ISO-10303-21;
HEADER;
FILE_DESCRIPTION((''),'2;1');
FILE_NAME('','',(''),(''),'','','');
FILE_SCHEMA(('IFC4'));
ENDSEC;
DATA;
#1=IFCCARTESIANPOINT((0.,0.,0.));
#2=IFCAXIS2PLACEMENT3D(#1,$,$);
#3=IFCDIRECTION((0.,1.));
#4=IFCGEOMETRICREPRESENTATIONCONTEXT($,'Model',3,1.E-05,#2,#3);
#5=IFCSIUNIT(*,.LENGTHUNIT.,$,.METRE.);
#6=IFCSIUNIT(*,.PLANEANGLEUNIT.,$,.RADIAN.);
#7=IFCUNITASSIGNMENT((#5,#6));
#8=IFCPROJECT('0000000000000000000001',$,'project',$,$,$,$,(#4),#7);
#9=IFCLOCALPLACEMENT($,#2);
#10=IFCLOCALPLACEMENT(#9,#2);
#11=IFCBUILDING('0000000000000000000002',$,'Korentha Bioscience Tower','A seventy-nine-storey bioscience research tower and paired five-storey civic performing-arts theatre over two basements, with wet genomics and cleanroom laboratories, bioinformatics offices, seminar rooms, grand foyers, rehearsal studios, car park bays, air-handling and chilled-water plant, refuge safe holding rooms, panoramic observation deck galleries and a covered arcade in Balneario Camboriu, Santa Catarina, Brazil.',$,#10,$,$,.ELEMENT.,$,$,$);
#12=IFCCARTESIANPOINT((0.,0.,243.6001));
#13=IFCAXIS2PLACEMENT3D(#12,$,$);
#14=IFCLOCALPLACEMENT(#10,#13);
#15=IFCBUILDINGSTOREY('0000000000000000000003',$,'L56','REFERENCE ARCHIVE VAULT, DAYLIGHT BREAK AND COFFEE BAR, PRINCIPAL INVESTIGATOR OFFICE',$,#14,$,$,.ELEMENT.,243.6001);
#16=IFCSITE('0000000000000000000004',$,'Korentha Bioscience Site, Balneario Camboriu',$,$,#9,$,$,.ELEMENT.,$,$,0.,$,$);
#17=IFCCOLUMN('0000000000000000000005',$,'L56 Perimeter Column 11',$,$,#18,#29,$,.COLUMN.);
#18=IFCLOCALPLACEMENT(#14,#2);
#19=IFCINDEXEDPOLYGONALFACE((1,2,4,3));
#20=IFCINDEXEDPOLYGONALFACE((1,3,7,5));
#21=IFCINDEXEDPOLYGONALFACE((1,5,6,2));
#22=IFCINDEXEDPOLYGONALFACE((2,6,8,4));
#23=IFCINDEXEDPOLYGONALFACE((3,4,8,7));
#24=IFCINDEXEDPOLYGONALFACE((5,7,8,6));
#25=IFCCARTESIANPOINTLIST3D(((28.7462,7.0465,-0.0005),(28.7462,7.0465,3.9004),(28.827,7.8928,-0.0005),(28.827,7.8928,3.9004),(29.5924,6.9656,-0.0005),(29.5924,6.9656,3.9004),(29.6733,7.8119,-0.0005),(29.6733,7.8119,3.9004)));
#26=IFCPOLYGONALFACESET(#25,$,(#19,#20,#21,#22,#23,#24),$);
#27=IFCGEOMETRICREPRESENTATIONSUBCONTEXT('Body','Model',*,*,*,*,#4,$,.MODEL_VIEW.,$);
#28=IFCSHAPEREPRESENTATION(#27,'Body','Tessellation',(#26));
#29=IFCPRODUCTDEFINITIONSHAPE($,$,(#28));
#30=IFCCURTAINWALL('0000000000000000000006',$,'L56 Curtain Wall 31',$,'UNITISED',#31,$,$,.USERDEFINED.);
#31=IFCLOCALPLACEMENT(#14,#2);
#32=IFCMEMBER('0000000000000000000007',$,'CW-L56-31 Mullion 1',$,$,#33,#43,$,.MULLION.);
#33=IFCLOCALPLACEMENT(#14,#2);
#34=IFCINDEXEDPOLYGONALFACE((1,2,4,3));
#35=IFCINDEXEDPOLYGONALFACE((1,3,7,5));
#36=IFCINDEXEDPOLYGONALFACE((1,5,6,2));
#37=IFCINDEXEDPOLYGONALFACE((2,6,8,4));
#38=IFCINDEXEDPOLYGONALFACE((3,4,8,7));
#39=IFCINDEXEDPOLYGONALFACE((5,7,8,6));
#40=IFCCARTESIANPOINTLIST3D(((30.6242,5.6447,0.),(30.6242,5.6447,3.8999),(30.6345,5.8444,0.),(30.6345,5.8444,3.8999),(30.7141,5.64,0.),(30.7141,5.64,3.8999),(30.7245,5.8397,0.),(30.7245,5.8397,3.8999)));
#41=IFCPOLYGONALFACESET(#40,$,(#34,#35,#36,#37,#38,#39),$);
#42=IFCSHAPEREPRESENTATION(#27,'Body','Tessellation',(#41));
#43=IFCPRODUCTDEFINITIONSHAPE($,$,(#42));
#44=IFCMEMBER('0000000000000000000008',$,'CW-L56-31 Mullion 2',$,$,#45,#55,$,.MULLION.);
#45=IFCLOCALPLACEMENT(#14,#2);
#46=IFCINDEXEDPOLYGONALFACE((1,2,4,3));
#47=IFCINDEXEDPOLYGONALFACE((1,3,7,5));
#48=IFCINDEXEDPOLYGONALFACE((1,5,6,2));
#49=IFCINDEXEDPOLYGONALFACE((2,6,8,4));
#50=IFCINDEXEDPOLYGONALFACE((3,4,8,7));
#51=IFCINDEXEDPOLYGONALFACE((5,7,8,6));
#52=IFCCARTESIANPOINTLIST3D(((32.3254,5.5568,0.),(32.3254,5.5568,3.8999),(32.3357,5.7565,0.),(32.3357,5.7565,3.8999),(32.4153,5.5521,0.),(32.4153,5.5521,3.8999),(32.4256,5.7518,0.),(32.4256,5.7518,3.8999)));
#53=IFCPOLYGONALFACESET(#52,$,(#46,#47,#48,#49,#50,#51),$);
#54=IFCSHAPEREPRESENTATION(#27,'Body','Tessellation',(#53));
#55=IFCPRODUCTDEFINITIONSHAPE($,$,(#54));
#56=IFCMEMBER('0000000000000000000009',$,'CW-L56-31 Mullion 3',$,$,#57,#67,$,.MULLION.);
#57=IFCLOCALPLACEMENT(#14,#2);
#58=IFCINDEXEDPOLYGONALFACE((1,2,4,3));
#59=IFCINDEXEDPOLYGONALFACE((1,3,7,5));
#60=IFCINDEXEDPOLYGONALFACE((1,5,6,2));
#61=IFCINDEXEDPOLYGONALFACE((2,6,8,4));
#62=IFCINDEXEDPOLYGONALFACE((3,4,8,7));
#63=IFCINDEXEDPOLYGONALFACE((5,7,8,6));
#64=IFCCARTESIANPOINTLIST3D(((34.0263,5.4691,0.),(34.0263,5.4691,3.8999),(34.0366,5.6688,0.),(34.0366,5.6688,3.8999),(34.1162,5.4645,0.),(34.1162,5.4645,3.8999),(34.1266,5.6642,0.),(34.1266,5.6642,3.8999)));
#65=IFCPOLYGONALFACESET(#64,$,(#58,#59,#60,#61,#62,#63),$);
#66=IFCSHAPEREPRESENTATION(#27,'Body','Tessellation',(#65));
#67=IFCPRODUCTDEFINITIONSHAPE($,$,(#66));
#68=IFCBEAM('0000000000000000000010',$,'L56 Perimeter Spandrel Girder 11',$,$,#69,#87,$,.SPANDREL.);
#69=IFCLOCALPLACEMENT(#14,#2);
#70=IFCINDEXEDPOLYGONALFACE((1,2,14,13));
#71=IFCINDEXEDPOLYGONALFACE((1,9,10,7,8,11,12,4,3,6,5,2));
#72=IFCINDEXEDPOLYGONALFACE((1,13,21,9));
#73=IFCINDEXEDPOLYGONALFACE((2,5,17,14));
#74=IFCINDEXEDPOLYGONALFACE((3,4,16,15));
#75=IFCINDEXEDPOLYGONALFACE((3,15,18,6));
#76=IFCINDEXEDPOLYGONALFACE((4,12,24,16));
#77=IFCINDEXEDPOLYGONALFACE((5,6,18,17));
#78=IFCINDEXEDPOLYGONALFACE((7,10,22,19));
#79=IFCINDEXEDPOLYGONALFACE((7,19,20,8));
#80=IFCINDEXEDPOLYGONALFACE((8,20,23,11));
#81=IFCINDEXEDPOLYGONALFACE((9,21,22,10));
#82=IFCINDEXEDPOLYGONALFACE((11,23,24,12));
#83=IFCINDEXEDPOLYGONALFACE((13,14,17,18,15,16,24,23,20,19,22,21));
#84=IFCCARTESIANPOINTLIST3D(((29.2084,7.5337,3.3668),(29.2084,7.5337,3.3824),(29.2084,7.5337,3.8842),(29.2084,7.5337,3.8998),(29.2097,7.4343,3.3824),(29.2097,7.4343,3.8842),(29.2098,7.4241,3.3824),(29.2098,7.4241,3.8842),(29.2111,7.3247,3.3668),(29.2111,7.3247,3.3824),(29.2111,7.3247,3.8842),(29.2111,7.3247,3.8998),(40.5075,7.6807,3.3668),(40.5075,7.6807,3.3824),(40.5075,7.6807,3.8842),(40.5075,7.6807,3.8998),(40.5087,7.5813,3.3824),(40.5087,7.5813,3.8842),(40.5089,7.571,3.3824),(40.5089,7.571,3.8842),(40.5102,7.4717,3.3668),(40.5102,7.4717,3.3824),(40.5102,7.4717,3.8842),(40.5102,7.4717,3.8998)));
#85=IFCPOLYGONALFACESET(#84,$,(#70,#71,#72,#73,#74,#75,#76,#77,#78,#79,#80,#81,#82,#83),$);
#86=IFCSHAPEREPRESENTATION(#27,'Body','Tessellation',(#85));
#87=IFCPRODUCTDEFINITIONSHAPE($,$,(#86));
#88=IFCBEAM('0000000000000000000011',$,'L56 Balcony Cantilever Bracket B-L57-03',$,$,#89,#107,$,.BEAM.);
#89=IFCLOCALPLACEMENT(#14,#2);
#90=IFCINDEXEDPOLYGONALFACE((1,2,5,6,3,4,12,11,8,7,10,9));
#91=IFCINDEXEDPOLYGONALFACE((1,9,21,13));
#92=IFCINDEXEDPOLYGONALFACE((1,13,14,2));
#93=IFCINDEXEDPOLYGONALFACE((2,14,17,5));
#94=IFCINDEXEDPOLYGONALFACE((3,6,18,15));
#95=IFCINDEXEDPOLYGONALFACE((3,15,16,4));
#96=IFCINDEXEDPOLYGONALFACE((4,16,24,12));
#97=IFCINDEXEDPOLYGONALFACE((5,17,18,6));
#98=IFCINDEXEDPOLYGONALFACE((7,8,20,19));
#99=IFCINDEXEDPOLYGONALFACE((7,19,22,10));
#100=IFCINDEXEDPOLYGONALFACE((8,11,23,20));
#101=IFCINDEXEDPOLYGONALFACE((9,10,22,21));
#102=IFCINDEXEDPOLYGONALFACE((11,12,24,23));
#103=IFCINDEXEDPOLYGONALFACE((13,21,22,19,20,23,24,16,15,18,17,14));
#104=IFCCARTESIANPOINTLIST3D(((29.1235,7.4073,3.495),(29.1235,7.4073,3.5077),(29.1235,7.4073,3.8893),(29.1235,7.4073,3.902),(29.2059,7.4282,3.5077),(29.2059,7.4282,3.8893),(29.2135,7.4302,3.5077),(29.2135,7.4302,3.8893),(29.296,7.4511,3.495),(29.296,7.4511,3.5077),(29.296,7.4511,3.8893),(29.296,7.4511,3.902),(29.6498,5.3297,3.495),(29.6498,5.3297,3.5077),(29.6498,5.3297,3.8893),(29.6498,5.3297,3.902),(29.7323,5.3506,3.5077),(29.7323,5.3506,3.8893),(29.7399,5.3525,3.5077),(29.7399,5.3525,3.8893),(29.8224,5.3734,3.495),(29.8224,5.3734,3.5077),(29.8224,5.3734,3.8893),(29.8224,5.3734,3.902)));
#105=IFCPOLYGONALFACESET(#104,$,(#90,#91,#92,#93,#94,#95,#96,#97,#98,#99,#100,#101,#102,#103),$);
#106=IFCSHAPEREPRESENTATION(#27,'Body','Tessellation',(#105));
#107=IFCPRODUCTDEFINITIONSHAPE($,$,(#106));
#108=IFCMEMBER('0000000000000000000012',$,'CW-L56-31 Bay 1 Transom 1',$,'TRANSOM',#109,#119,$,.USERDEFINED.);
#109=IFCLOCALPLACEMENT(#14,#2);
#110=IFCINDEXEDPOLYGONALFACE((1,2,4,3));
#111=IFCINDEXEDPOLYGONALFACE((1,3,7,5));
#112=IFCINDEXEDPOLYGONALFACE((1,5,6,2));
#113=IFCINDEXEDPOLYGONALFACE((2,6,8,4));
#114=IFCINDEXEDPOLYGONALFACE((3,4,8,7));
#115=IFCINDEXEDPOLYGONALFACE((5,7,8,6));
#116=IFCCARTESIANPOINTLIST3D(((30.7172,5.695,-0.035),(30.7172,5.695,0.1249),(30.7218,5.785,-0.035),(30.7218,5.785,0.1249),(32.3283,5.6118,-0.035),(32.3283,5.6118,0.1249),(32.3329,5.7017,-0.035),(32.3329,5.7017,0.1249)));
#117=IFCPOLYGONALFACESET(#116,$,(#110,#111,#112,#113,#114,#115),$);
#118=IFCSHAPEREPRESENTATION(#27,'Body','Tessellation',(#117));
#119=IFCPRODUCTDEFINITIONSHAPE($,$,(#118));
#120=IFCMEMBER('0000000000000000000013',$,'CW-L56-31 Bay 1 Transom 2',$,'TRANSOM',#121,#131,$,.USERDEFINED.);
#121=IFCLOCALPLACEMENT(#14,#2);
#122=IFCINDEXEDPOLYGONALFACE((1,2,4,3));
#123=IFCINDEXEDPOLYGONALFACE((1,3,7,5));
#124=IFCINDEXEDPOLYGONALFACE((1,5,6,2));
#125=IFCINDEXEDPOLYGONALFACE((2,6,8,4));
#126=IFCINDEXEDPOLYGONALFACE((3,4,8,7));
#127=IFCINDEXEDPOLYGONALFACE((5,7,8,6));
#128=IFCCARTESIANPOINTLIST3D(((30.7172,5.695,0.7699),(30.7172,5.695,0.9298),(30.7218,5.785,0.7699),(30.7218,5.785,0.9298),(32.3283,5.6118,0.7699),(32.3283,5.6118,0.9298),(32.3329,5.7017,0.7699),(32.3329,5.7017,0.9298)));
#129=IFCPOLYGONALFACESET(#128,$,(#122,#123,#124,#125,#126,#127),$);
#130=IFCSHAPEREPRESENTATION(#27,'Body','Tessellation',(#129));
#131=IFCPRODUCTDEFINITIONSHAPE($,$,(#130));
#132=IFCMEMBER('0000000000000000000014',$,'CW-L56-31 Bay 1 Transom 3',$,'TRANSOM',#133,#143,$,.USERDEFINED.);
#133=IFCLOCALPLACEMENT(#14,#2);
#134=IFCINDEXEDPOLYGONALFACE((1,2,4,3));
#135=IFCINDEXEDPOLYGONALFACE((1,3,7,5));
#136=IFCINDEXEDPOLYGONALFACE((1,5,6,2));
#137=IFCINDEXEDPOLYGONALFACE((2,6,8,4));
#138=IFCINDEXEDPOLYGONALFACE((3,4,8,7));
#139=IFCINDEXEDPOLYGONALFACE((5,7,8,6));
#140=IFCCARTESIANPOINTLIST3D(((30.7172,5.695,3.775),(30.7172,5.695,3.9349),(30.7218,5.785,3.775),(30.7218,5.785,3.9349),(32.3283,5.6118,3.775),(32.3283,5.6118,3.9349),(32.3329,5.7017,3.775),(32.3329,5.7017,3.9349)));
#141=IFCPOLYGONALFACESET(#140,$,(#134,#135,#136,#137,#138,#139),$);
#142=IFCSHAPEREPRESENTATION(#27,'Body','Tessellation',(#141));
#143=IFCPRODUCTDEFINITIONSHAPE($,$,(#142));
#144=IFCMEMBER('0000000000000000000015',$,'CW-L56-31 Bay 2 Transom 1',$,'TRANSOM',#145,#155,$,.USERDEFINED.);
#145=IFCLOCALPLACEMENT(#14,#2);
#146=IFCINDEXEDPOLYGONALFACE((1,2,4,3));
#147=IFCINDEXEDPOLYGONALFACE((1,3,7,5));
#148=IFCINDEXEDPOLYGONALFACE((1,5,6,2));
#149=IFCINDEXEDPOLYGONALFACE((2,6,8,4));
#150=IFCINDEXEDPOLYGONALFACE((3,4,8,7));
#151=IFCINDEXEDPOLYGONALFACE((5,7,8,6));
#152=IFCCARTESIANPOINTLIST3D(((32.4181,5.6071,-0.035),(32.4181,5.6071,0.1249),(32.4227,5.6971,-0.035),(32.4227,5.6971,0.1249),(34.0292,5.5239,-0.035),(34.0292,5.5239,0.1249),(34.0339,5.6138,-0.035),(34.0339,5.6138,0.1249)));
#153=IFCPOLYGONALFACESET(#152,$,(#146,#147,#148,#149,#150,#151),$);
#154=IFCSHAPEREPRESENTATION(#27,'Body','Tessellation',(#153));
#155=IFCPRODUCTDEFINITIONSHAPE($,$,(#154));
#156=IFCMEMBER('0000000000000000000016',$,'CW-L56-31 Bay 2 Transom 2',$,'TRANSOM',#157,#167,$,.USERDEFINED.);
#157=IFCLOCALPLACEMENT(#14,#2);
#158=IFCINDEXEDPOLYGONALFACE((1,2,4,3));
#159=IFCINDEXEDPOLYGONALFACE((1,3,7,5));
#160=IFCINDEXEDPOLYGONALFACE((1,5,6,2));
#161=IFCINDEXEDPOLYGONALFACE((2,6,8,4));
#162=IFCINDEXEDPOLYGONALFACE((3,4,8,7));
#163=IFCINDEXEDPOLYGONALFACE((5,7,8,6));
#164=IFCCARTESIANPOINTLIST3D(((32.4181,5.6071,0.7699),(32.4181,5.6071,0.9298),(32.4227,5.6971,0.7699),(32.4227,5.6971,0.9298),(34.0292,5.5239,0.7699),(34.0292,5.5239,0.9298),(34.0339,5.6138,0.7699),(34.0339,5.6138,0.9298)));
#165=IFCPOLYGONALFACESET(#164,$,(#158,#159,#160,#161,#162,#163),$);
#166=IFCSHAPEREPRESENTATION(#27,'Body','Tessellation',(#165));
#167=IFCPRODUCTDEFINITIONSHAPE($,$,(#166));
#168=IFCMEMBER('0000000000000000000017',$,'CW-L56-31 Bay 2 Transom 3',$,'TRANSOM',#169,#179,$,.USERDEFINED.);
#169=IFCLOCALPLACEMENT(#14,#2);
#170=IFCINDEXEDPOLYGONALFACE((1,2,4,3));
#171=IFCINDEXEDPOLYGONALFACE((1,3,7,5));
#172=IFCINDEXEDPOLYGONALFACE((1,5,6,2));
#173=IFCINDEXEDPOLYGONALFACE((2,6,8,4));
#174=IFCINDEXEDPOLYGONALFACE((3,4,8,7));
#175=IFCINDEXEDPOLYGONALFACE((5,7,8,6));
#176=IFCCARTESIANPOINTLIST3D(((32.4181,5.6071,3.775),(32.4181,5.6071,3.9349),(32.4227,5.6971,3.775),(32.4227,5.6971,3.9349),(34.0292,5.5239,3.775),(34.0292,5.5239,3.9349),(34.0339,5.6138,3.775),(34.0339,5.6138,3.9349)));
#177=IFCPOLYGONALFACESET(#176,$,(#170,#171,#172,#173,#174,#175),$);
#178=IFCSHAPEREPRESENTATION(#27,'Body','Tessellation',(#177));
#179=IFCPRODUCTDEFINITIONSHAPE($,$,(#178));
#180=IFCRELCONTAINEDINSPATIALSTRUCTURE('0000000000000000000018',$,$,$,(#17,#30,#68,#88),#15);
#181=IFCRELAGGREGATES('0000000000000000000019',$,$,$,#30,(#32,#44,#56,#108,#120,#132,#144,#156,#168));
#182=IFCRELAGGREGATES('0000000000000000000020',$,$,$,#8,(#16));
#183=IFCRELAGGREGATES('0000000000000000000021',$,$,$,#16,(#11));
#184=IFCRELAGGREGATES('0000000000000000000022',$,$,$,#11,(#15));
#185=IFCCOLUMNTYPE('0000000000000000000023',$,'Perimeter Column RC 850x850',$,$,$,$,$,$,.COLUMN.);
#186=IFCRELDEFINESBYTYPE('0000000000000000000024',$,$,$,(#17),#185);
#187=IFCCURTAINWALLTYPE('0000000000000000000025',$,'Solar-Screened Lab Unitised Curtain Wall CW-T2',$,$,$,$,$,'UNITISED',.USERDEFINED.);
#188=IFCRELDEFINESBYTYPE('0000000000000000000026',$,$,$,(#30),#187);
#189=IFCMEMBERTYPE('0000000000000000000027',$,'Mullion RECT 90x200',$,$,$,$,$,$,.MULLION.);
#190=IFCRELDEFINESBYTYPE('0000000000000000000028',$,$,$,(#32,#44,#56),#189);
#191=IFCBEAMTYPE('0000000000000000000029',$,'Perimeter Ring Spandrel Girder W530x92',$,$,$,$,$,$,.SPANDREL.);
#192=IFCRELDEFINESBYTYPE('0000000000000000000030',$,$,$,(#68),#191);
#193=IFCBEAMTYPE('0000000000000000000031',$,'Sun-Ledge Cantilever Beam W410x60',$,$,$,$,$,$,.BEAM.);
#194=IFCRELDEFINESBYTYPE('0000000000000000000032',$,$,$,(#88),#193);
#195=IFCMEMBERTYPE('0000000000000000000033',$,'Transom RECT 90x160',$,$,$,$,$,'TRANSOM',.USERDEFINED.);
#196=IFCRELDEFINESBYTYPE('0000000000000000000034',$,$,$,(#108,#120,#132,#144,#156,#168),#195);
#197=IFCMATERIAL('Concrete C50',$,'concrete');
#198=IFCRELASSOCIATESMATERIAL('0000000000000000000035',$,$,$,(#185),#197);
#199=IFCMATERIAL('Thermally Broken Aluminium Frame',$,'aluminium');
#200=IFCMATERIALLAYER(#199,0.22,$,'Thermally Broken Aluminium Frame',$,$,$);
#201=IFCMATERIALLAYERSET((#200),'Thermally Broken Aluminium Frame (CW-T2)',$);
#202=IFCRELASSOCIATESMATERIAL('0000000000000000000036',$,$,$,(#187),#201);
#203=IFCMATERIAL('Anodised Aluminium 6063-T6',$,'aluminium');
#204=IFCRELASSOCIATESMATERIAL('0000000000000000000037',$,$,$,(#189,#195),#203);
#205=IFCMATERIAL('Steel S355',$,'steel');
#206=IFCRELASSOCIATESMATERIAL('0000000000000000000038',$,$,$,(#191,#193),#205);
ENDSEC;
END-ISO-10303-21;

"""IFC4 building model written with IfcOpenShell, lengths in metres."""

from ifc_helpers import new_model, si_unit, direction, frame, origin, origin_2d, place, context, subcontext, project, spatial, rectangle, i_section, extrude, material, layer, layer_set, material_profile, profile_set, type_object, element, aggregate, save


model = new_model("IFC4")

# Units and contexts
model_context = context("Model", 3, precision=1e-05, world=origin(), true_north=direction((0.0, 1.0)))
body_context = subcontext(model_context, "Body", "Model", "MODEL_VIEW")
ifc_project = project(units=[si_unit("LENGTHUNIT", "METRE"), si_unit("PLANEANGLEUNIT", "RADIAN")], contexts=[model_context])

# Site, building, storey
site_placement = place(None, origin())
site = spatial("IfcSite", under=ifc_project, at=site_placement, Name="Korentha Bioscience Site, Balneario Camboriu", CompositionType="ELEMENT", RefElevation=0.0)
building_placement = place(site_placement, origin())
building = spatial("IfcBuilding", under=site, at=building_placement, Name="Korentha Bioscience Tower", Description="A seventy-nine-storey bioscience research tower and paired five-storey civic performing-arts theatre over two basements, with wet genomics and cleanroom laboratories, bioinformatics offices, seminar rooms, grand foyers, rehearsal studios, car park bays, air-handling and chilled-water plant, refuge safe holding rooms, panoramic observation deck galleries and a covered arcade in Balneario Camboriu, Santa Catarina, Brazil.", CompositionType="ELEMENT")
storey_placement = place(building_placement, frame((0.0, 0.0, 243.6001)))
storey = spatial("IfcBuildingStorey", under=building, at=storey_placement, Name="L56", Description="REFERENCE ARCHIVE VAULT, DAYLIGHT BREAK AND COFFEE BAR, PRINCIPAL INVESTIGATOR OFFICE", CompositionType="ELEMENT", Elevation=243.6001)

# Column
ifc_material_1 = material(Name="Concrete C50", Category="concrete")
ifc_material_profile_1 = material_profile(ifc_material_1, rectangle(XDim=0.8501, YDim=0.8501, at=origin_2d()), Name="Concrete C50")
ifc_profile_set_1 = profile_set([ifc_material_profile_1], Name="Concrete C50 (COL-P08)")
column_type = type_object("IfcColumnType", Name="Perimeter Column RC 850x850", PredefinedType="COLUMN", material=ifc_profile_set_1)
column_placement = place(storey_placement, frame((29.2097, 7.4292, -0.0005), z_axis=(0.0, 0.0, 1.0), x_axis=(-0.995463, 0.095151, 0.0)))
element("IfcColumn", 1, at=column_placement, inside=storey, type_object=column_type, Name="L56 Perimeter Column 11", PredefinedType="COLUMN", context=body_context, shape_type="SweptSolid", body=[
    extrude(rectangle(XDim=0.8501, YDim=0.8501, at=origin_2d()), origin(), (0.0, 0.0, 1.0), 3.9009),
])

# Curtain wall, members
ifc_material_2 = material(Name="Thermally Broken Aluminium Frame", Category="aluminium")
ifc_layer_1 = layer(ifc_material_2, 0.22, Name="Thermally Broken Aluminium Frame")
ifc_layer_set_1 = layer_set([ifc_layer_1], Name="Thermally Broken Aluminium Frame (CW-T2)")
curtain_wall_type = type_object("IfcCurtainWallType", Name="Solar-Screened Lab Unitised Curtain Wall CW-T2", ElementType="UNITISED", PredefinedType="USERDEFINED", material=ifc_layer_set_1)
curtain_wall_placement = place(storey_placement, origin())
curtain_wall = element("IfcCurtainWall", 2, at=curtain_wall_placement, inside=storey, type_object=curtain_wall_type, Name="L56 Curtain Wall 31", ObjectType="UNITISED", PredefinedType="USERDEFINED")
ifc_material_3 = material(Name="Anodised Aluminium 6063-T6", Category="aluminium")
ifc_material_profile_2 = material_profile(ifc_material_3, rectangle(XDim=0.0901, YDim=0.2, at=origin_2d()), Name="Anodised Aluminium 6063-T6")
ifc_profile_set_2 = profile_set([ifc_material_profile_2], Name="Anodised Aluminium 6063-T6 (CW-MUL)")
member_type_1 = type_object("IfcMemberType", Name="Mullion RECT 90x200", PredefinedType="MULLION", material=ifc_profile_set_2)
member_1_placement = place(storey_placement, frame((30.6743, 5.7422, 0.0), z_axis=(0.0, 0.0, 1.0), x_axis=(0.998671, -0.051538, 0.0)))
member_1 = element("IfcMember", 3, at=member_1_placement, type_object=member_type_1, Name="CW-L56-31 Mullion 1", PredefinedType="MULLION", context=body_context, shape_type="SweptSolid", body=[
    extrude(rectangle(XDim=0.0901, YDim=0.2, at=origin_2d()), origin(), (0.0, 0.0, 1.0), 3.8999),
])
member_2_placement = place(storey_placement, frame((32.3755, 5.6543, 0.0), z_axis=(0.0, 0.0, 1.0), x_axis=(0.998671, -0.051538, 0.0)))
member_2 = element("IfcMember", 4, at=member_2_placement, type_object=member_type_1, Name="CW-L56-31 Mullion 2", PredefinedType="MULLION", context=body_context, shape_type="SweptSolid", body=[
    extrude(rectangle(XDim=0.0901, YDim=0.2, at=origin_2d()), origin(), (0.0, 0.0, 1.0), 3.8999),
])
member_3_placement = place(storey_placement, frame((34.0764, 5.5667, 0.0), z_axis=(0.0, 0.0, 1.0), x_axis=(0.998671, -0.051538, 0.0)))
member_3 = element("IfcMember", 5, at=member_3_placement, type_object=member_type_1, Name="CW-L56-31 Mullion 3", PredefinedType="MULLION", context=body_context, shape_type="SweptSolid", body=[
    extrude(rectangle(XDim=0.0901, YDim=0.2, at=origin_2d()), origin(), (0.0, 0.0, 1.0), 3.8999),
])

# Beams
ifc_material_4 = material(Name="Steel S355", Category="steel")
ifc_material_profile_3 = material_profile(ifc_material_4, i_section(OverallWidth=0.209, OverallDepth=0.533, WebThickness=0.0103, FlangeThickness=0.0156, at=origin_2d()), Name="Steel S355")
ifc_profile_set_3 = profile_set([ifc_material_profile_3], Name="Steel S355 (SB-530)")
beam_type_1 = type_object("IfcBeamType", Name="Perimeter Ring Spandrel Girder W530x92", PredefinedType="SPANDREL", material=ifc_profile_set_3)
beam_1_placement = place(storey_placement, frame((29.2097, 7.4292, 3.6333), z_axis=(0.999915, 0.013006, 0.0), x_axis=(-0.013006, 0.999915, 0.0)))
element("IfcBeam", 6, at=beam_1_placement, inside=storey, type_object=beam_type_1, Name="L56 Perimeter Spandrel Girder 11", PredefinedType="SPANDREL", context=body_context, shape_type="SweptSolid", body=[
    extrude(i_section(OverallWidth=0.209, OverallDepth=0.533, WebThickness=0.0103, FlangeThickness=0.0156, at=origin_2d()), origin(), (0.0, 0.0, 1.0), 11.3),
])
ifc_material_profile_4 = material_profile(ifc_material_4, i_section(OverallWidth=0.178, OverallDepth=0.407, WebThickness=0.0078, FlangeThickness=0.0127, at=origin_2d()), Name="Steel S355")
ifc_profile_set_4 = profile_set([ifc_material_profile_4], Name="Steel S355 (CB-410)")
beam_type_2 = type_object("IfcBeamType", Name="Sun-Ledge Cantilever Beam W410x60", PredefinedType="BEAM", material=ifc_profile_set_4)
beam_2_placement = place(storey_placement, frame((29.2097, 7.4292, 3.6985), z_axis=(0.24559, -0.969374, 0.0), x_axis=(0.969374, 0.24559, 0.0)))
element("IfcBeam", 7, at=beam_2_placement, inside=storey, type_object=beam_type_2, Name="L56 Balcony Cantilever Bracket B-L57-03", PredefinedType="BEAM", context=body_context, shape_type="SweptSolid", body=[
    extrude(i_section(OverallWidth=0.178, OverallDepth=0.407, WebThickness=0.0078, FlangeThickness=0.0127, at=origin_2d()), origin(), (0.0, 0.0, 1.0), 2.1433),
])

# Members
ifc_material_profile_5 = material_profile(ifc_material_3, rectangle(XDim=0.0901, YDim=0.1599, at=origin_2d()), Name="Anodised Aluminium 6063-T6")
ifc_profile_set_5 = profile_set([ifc_material_profile_5], Name="Anodised Aluminium 6063-T6 (CW-TRN)")
member_type_2 = type_object("IfcMemberType", Name="Transom RECT 90x160", ElementType="TRANSOM", PredefinedType="USERDEFINED", material=ifc_profile_set_5)
member_4_placement = place(storey_placement, frame((30.7195, 5.74, 0.0449), z_axis=(0.998668, -0.051606, 0.0), x_axis=(0.051606, 0.998668, 0.0)))
member_4 = element("IfcMember", 8, at=member_4_placement, type_object=member_type_2, Name="CW-L56-31 Bay 1 Transom 1", ObjectType="TRANSOM", PredefinedType="USERDEFINED", context=body_context, shape_type="SweptSolid", body=[
    extrude(rectangle(XDim=0.0901, YDim=0.1599, at=origin_2d()), origin(), (0.0, 0.0, 1.0), 1.6133),
])
member_5_placement = place(storey_placement, frame((30.7195, 5.74, 0.8499), z_axis=(0.998668, -0.051606, 0.0), x_axis=(0.051606, 0.998668, 0.0)))
member_5 = element("IfcMember", 9, at=member_5_placement, type_object=member_type_2, Name="CW-L56-31 Bay 1 Transom 2", ObjectType="TRANSOM", PredefinedType="USERDEFINED", context=body_context, shape_type="SweptSolid", body=[
    extrude(rectangle(XDim=0.0901, YDim=0.1599, at=origin_2d()), origin(), (0.0, 0.0, 1.0), 1.6133),
])
member_6_placement = place(storey_placement, frame((30.7195, 5.74, 3.855), z_axis=(0.998668, -0.051606, 0.0), x_axis=(0.051606, 0.998668, 0.0)))
member_6 = element("IfcMember", 10, at=member_6_placement, type_object=member_type_2, Name="CW-L56-31 Bay 1 Transom 3", ObjectType="TRANSOM", PredefinedType="USERDEFINED", context=body_context, shape_type="SweptSolid", body=[
    extrude(rectangle(XDim=0.0901, YDim=0.1599, at=origin_2d()), origin(), (0.0, 0.0, 1.0), 1.6133),
])
member_7_placement = place(storey_placement, frame((32.4204, 5.6521, 0.0449), z_axis=(0.998668, -0.051606, 0.0), x_axis=(0.051606, 0.998668, 0.0)))
member_7 = element("IfcMember", 11, at=member_7_placement, type_object=member_type_2, Name="CW-L56-31 Bay 2 Transom 1", ObjectType="TRANSOM", PredefinedType="USERDEFINED", context=body_context, shape_type="SweptSolid", body=[
    extrude(rectangle(XDim=0.0901, YDim=0.1599, at=origin_2d()), origin(), (0.0, 0.0, 1.0), 1.6133),
])
member_8_placement = place(storey_placement, frame((32.4204, 5.6521, 0.8499), z_axis=(0.998668, -0.051606, 0.0), x_axis=(0.051606, 0.998668, 0.0)))
member_8 = element("IfcMember", 12, at=member_8_placement, type_object=member_type_2, Name="CW-L56-31 Bay 2 Transom 2", ObjectType="TRANSOM", PredefinedType="USERDEFINED", context=body_context, shape_type="SweptSolid", body=[
    extrude(rectangle(XDim=0.0901, YDim=0.1599, at=origin_2d()), origin(), (0.0, 0.0, 1.0), 1.6133),
])
member_9_placement = place(storey_placement, frame((32.4204, 5.6521, 3.855), z_axis=(0.998668, -0.051606, 0.0), x_axis=(0.051606, 0.998668, 0.0)))
member_9 = element("IfcMember", 13, at=member_9_placement, type_object=member_type_2, Name="CW-L56-31 Bay 2 Transom 3", ObjectType="TRANSOM", PredefinedType="USERDEFINED", context=body_context, shape_type="SweptSolid", body=[
    extrude(rectangle(XDim=0.0901, YDim=0.1599, at=origin_2d()), origin(), (0.0, 0.0, 1.0), 1.6133),
])

aggregate(curtain_wall, [member_1, member_2, member_3, member_4, member_5, member_6, member_7, member_8, member_9])

save(model, "model.ifc")
